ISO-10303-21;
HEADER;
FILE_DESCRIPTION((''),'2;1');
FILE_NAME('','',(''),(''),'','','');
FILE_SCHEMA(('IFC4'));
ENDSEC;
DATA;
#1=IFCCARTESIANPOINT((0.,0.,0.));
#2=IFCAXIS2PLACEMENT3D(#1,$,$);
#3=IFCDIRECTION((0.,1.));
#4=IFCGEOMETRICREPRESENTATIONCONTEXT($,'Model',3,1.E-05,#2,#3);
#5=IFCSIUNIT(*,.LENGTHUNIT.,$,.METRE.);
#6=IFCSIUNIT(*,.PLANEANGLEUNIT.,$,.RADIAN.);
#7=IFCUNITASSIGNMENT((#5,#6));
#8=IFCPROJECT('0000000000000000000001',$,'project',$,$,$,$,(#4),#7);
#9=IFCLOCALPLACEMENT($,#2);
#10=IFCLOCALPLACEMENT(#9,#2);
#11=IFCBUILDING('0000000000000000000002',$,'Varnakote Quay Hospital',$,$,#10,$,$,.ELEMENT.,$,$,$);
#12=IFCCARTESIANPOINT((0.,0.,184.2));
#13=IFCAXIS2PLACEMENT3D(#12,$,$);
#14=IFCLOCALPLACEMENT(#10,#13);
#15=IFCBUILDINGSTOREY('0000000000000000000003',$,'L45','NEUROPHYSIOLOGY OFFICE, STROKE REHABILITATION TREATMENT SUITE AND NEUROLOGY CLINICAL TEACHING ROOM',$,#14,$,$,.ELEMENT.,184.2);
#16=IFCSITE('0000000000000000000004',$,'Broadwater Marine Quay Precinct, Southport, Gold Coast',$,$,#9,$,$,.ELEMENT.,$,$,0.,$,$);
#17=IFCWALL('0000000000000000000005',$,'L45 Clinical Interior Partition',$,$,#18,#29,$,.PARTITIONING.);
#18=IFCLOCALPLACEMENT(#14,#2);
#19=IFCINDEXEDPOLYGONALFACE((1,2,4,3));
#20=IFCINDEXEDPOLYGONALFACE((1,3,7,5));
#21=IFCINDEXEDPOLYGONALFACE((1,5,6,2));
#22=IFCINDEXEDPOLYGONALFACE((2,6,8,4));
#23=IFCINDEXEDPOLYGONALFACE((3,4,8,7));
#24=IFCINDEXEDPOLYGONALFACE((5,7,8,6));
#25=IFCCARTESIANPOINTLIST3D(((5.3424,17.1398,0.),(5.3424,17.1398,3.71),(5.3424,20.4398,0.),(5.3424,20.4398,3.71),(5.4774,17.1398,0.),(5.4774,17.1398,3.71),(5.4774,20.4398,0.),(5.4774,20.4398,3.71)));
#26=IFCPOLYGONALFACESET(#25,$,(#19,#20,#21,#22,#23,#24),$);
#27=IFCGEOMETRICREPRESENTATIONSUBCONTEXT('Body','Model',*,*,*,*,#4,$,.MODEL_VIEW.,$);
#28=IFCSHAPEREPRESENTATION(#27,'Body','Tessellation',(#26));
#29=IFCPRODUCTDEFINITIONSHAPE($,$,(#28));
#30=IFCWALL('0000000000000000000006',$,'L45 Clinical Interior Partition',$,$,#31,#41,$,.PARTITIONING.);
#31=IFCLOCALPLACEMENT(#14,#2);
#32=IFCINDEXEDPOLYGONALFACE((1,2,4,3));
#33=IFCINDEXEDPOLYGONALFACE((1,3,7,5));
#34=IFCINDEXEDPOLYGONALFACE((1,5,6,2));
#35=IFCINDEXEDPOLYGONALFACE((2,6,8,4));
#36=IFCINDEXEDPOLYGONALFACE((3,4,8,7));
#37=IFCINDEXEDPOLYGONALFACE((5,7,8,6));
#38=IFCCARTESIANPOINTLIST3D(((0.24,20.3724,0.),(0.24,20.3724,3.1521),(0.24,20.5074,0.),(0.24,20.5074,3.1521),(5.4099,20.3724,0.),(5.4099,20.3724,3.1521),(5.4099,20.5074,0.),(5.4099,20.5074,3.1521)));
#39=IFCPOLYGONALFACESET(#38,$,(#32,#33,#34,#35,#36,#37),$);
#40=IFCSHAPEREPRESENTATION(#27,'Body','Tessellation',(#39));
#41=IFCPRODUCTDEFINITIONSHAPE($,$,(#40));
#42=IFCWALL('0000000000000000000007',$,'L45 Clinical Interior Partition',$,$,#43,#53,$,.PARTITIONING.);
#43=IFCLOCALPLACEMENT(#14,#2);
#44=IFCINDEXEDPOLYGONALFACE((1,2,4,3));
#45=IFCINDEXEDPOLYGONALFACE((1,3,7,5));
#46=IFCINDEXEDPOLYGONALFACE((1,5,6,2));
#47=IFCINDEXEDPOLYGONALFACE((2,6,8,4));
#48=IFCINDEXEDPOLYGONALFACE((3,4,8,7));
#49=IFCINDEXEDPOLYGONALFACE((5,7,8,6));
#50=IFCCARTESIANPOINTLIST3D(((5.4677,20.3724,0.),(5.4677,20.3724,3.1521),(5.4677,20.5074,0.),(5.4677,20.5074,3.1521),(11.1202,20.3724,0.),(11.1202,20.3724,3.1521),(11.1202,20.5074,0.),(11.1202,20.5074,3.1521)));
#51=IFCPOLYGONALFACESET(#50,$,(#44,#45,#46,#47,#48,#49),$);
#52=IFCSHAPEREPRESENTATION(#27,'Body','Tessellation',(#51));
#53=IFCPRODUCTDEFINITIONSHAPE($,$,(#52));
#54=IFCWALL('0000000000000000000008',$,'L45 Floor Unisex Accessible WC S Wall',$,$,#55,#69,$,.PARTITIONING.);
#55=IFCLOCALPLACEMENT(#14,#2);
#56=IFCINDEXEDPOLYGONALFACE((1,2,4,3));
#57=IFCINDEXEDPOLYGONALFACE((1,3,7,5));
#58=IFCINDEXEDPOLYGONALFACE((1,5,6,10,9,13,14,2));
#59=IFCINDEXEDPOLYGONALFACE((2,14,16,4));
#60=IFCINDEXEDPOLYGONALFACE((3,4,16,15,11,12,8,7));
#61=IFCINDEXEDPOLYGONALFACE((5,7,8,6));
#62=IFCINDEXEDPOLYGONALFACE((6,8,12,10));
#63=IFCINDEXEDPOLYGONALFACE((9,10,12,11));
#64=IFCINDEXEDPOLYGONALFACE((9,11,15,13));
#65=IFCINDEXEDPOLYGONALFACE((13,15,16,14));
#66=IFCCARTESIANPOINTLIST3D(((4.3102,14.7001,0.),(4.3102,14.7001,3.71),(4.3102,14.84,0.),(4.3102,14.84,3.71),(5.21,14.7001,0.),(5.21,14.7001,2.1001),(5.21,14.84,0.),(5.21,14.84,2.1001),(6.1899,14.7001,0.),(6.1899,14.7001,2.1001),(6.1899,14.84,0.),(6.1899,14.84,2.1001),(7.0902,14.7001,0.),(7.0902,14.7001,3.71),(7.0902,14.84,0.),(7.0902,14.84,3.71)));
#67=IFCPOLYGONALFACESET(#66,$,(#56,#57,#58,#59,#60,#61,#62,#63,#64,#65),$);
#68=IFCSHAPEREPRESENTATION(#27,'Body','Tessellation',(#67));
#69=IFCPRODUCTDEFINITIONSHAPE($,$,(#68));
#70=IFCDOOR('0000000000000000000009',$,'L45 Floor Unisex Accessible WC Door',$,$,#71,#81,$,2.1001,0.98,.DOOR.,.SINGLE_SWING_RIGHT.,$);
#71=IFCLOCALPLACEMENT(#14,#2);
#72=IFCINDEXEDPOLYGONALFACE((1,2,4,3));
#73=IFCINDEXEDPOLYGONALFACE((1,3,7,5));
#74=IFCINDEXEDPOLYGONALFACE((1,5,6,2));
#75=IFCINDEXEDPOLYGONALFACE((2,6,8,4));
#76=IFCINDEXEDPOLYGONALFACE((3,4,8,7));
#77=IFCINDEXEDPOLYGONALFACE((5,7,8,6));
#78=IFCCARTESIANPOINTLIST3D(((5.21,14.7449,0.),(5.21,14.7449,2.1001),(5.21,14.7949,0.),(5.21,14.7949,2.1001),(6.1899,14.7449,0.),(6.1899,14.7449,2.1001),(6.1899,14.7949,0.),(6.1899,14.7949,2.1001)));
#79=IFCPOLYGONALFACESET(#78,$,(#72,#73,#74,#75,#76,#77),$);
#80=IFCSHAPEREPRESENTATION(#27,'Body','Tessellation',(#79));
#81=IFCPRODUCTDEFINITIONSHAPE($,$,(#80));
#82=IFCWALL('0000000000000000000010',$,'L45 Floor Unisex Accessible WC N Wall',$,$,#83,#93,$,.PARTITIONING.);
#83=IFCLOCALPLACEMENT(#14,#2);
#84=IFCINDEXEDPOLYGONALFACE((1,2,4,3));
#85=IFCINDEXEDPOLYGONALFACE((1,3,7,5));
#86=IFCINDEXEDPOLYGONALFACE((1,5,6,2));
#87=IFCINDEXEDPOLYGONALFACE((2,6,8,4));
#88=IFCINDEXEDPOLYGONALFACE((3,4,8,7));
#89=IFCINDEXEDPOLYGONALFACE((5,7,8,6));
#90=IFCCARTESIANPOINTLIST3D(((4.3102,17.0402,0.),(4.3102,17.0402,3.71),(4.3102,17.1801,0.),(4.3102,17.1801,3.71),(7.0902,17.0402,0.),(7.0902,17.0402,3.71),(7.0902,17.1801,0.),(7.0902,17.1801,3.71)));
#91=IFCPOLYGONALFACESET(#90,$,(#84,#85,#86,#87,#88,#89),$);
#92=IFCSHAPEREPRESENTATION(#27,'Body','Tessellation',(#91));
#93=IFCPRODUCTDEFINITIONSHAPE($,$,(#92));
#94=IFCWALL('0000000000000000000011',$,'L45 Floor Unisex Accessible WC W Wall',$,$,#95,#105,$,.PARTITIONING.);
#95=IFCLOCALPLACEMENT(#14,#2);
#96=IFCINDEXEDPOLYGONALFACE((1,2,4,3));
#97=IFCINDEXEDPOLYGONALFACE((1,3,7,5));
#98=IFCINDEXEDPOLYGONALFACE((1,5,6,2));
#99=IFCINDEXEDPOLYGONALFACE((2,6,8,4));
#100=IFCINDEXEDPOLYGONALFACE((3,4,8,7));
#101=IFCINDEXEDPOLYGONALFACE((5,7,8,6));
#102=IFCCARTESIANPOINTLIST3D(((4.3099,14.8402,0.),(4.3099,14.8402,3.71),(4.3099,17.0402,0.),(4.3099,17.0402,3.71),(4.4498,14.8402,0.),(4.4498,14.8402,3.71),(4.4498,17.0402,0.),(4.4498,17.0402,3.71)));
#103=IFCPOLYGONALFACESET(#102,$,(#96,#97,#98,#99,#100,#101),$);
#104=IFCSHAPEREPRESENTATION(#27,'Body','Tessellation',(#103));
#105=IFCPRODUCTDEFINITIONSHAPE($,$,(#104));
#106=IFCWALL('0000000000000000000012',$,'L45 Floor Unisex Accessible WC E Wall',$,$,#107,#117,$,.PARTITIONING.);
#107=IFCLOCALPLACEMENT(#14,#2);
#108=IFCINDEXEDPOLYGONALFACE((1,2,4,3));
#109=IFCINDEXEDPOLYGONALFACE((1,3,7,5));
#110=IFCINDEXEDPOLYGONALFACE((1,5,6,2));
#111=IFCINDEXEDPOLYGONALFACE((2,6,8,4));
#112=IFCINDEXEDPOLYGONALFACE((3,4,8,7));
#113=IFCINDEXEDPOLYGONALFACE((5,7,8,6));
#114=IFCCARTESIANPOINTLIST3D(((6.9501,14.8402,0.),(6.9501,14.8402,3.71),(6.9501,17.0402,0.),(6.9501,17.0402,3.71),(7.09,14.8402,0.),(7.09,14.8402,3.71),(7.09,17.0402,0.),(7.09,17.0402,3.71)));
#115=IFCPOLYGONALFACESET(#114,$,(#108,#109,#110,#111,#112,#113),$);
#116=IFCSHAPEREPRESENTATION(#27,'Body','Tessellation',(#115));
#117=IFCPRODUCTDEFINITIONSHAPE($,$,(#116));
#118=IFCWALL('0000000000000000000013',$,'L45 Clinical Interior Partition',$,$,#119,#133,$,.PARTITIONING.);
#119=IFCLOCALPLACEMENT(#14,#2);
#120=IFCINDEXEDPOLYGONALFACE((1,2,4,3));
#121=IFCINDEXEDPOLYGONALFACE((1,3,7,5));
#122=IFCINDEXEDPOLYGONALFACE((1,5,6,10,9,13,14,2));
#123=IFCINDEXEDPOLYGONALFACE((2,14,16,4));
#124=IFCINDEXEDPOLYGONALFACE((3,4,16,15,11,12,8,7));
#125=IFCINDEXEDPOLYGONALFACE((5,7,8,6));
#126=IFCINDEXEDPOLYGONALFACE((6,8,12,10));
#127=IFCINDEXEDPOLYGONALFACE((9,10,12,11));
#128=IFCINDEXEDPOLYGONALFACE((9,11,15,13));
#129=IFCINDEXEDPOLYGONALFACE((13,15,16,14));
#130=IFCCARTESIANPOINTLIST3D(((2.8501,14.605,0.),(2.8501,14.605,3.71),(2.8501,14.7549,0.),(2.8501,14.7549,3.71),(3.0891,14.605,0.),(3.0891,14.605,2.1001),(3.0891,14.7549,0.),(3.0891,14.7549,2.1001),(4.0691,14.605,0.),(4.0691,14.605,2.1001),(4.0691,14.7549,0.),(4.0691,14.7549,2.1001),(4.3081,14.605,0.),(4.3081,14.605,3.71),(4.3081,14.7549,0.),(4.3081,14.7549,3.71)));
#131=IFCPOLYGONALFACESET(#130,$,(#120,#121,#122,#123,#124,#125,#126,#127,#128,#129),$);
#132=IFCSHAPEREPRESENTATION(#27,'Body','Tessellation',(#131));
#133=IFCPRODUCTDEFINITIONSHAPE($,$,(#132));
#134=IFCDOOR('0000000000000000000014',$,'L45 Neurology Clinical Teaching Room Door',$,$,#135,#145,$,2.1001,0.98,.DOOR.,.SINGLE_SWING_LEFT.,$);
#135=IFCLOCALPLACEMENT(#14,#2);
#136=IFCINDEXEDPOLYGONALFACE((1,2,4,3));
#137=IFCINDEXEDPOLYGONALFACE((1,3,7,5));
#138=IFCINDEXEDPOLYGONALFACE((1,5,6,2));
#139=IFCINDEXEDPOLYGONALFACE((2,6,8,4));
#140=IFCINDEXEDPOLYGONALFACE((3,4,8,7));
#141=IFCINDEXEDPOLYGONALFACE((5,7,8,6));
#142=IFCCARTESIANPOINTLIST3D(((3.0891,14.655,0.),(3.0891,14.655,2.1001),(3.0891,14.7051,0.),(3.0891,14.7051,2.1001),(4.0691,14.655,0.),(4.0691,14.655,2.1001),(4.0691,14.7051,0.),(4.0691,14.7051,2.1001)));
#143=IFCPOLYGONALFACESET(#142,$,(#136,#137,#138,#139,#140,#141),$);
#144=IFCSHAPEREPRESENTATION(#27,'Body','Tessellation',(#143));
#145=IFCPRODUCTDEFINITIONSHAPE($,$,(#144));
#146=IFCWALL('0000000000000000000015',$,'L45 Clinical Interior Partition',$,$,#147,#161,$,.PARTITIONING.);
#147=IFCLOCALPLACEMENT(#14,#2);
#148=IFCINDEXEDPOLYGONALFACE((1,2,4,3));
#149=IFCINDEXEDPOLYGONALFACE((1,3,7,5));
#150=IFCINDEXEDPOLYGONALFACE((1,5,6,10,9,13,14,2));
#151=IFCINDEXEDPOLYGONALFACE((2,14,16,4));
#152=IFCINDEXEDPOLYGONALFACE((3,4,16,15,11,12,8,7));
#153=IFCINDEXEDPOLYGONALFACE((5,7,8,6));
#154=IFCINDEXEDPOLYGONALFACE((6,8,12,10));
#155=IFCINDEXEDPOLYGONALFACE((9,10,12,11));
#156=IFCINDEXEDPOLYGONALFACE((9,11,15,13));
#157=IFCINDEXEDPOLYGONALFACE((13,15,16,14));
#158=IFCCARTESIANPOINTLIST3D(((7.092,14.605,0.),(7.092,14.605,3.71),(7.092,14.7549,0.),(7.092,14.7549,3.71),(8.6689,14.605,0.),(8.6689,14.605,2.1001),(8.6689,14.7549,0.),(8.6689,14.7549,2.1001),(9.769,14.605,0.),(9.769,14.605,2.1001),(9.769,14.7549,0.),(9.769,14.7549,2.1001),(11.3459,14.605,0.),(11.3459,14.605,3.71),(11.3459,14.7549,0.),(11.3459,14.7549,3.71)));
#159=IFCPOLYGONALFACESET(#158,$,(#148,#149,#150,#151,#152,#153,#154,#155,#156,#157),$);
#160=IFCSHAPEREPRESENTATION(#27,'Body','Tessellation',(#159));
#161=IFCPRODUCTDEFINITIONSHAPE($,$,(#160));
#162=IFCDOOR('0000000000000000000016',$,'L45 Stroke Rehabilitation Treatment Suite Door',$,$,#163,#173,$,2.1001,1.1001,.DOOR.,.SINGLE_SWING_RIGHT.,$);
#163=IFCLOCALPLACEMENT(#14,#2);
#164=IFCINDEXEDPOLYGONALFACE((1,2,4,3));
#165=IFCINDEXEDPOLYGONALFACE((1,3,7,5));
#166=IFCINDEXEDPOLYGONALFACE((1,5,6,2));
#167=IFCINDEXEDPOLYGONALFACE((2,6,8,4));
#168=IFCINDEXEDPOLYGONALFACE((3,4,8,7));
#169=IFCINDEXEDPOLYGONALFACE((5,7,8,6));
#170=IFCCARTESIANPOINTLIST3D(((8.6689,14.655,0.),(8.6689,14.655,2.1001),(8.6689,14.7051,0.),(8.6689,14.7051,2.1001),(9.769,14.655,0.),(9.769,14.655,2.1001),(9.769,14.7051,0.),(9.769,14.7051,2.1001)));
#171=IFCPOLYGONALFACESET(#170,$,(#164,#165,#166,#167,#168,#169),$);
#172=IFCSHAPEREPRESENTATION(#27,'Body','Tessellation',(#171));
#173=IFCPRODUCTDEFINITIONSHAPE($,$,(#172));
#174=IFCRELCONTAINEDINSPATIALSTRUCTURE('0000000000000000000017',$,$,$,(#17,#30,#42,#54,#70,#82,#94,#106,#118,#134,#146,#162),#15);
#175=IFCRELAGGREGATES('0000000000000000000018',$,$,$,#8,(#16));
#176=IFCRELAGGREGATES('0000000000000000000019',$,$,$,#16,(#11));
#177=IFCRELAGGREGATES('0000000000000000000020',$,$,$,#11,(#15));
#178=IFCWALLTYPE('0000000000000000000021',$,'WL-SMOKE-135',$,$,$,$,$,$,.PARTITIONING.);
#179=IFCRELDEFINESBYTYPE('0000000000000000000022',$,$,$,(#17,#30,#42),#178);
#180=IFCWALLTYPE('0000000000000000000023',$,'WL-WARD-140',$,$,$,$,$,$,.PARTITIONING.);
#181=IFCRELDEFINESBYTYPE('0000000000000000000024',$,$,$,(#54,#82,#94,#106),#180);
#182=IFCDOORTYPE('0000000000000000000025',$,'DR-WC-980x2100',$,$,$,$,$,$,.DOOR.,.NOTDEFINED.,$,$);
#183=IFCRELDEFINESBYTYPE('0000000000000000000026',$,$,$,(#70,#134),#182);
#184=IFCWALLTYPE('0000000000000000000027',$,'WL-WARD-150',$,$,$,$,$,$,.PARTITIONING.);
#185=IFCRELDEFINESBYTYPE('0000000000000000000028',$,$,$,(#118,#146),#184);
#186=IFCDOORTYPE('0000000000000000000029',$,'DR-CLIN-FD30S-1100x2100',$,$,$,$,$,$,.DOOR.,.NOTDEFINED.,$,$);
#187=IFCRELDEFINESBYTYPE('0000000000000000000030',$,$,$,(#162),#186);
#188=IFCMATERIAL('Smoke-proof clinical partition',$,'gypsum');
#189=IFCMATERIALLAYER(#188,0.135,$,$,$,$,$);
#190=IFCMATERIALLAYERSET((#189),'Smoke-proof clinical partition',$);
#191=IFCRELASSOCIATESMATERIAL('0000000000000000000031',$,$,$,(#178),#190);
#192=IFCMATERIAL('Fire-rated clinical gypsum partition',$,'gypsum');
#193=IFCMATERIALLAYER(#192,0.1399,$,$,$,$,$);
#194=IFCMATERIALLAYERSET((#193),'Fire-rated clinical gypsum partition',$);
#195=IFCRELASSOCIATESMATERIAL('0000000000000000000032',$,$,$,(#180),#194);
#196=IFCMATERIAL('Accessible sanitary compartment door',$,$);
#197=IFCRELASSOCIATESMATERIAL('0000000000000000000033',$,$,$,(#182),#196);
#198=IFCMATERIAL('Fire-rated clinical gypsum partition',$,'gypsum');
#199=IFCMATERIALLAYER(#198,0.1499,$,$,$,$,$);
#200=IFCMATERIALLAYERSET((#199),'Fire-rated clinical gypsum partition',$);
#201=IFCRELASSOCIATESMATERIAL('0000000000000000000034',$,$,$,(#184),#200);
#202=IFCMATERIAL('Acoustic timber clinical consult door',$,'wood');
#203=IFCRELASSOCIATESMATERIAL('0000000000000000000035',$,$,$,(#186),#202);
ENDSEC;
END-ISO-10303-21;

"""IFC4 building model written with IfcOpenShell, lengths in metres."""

from ifc_helpers import new_model, si_unit, direction, frame, frame_2d, origin, place, context, subcontext, project, spatial, rectangle, extrude, material, layer, layer_set, type_object, element, fill, save


model = new_model("IFC4")

# Units and contexts
model_context = context("Model", 3, precision=1e-05, world=origin(), true_north=direction((0.0, 1.0)))
body_context = subcontext(model_context, "Body", "Model", "MODEL_VIEW")
ifc_project = project(units=[si_unit("LENGTHUNIT", "METRE"), si_unit("PLANEANGLEUNIT", "RADIAN")], contexts=[model_context])

# Site, building, storey
site_placement = place(None, origin())
site = spatial("IfcSite", under=ifc_project, at=site_placement, Name="Broadwater Marine Quay Precinct, Southport, Gold Coast", CompositionType="ELEMENT", RefElevation=0.0)
building_placement = place(site_placement, origin())
building = spatial("IfcBuilding", under=site, at=building_placement, Name="Varnakote Quay Hospital", CompositionType="ELEMENT")
storey_placement = place(building_placement, frame((0.0, 0.0, 184.2)))
storey = spatial("IfcBuildingStorey", under=building, at=storey_placement, Name="L45", Description="NEUROPHYSIOLOGY OFFICE, STROKE REHABILITATION TREATMENT SUITE AND NEUROLOGY CLINICAL TEACHING ROOM", CompositionType="ELEMENT", Elevation=184.2)

# Walls
ifc_material_1 = material(Name="Smoke-proof clinical partition", Category="gypsum")
ifc_layer_1 = layer(ifc_material_1, 0.135)
ifc_layer_set_1 = layer_set([ifc_layer_1], Name="Smoke-proof clinical partition")
wall_type_1 = type_object("IfcWallType", Name="WL-SMOKE-135", PredefinedType="PARTITIONING", material=ifc_layer_set_1)
wall_1_placement = place(storey_placement, frame((5.4099, 17.1399, 0.0), z_axis=(0.0, 0.0, 1.0), x_axis=(0.0, 1.0, 0.0)))
element("IfcWall", 1, at=wall_1_placement, inside=storey, type_object=wall_type_1, Name="L45 Clinical Interior Partition", PredefinedType="PARTITIONING", context=body_context, shape_type="SweptSolid", body=[
    extrude(rectangle(XDim=3.3, YDim=0.135, at=frame_2d((1.6499, 0.0))), origin(), (0.0, 0.0, 1.0), 3.71),
])
wall_2_placement = place(storey_placement, frame((5.4099, 20.4399, 0.0), z_axis=(0.0, 0.0, 1.0), x_axis=(-1.0, 0.0, 0.0)))
element("IfcWall", 2, at=wall_2_placement, inside=storey, type_object=wall_type_1, Name="L45 Clinical Interior Partition", PredefinedType="PARTITIONING", context=body_context, shape_type="SweptSolid", body=[
    extrude(rectangle(XDim=5.1699, YDim=0.135, at=frame_2d((2.585, 0.0))), origin(), (0.0, 0.0, 1.0), 3.1521),
])
wall_3_placement = place(storey_placement, frame((11.1201, 20.4399, 0.0), z_axis=(0.0, 0.0, 1.0), x_axis=(-1.0, 0.0, 0.0)))
element("IfcWall", 3, at=wall_3_placement, inside=storey, type_object=wall_type_1, Name="L45 Clinical Interior Partition", PredefinedType="PARTITIONING", context=body_context, shape_type="SweptSolid", body=[
    extrude(rectangle(XDim=5.6526, YDim=0.135, at=frame_2d((2.8262, 0.0))), origin(), (0.0, 0.0, 1.0), 3.1521),
])

# Wall, opening, door
ifc_material_2 = material(Name="Fire-rated clinical gypsum partition", Category="gypsum")
ifc_layer_2 = layer(ifc_material_2, 0.1399)
ifc_layer_set_2 = layer_set([ifc_layer_2], Name="Fire-rated clinical gypsum partition")
wall_type_2 = type_object("IfcWallType", Name="WL-WARD-140", PredefinedType="PARTITIONING", material=ifc_layer_set_2)
wall_4_placement = place(storey_placement, frame((4.3101, 14.77, 0.0), z_axis=(0.0, 0.0, 1.0), x_axis=(1.0, 0.0, 0.0)))
wall_4 = element("IfcWall", 4, at=wall_4_placement, inside=storey, type_object=wall_type_2, Name="L45 Floor Unisex Accessible WC S Wall", PredefinedType="PARTITIONING", context=body_context, shape_type="SweptSolid", body=[
    extrude(rectangle(XDim=2.78, YDim=0.1399, at=frame_2d((1.3901, 0.0))), origin(), (0.0, 0.0, 1.0), 3.71),
])
opening_1_placement = place(wall_4_placement, frame((0.8999, 0.0, 0.0)))
opening_1 = element("IfcOpeningElement", 5, at=opening_1_placement, cuts=wall_4, PredefinedType="OPENING", context=body_context, shape_type="SweptSolid", body=[
    extrude(rectangle(XDim=0.98, YDim=2.1001, at=frame_2d((0.49, 1.05))), frame((0.0, 0.0798, 0.0), z_axis=(0.0, -1.0, 0.0), x_axis=(1.0, 0.0, 0.0)), (0.0, 0.0, 1.0), 0.1599),
])
ifc_material_3 = material(Name="Accessible sanitary compartment door")
door_type_1 = type_object("IfcDoorType", Name="DR-WC-980x2100", OperationType="NOTDEFINED", PredefinedType="DOOR", material=ifc_material_3)
door_1_placement = place(opening_1_placement, origin())
door_1 = element("IfcDoor", 6, at=door_1_placement, inside=storey, type_object=door_type_1, Name="L45 Floor Unisex Accessible WC Door", OperationType="SINGLE_SWING_RIGHT", OverallHeight=2.1001, OverallWidth=0.98, PredefinedType="DOOR", context=body_context, shape_type="SweptSolid", body=[
    extrude(rectangle(XDim=0.98, YDim=2.1001, at=frame_2d((0.49, 1.05))), frame((0.0, 0.0249, 0.0), z_axis=(0.0, -1.0, 0.0), x_axis=(1.0, 0.0, 0.0)), (0.0, 0.0, 1.0), 0.05),
])
fill(opening_1, door_1)

# Walls
wall_5_placement = place(storey_placement, frame((4.3101, 17.1101, 0.0), z_axis=(0.0, 0.0, 1.0), x_axis=(1.0, 0.0, 0.0)))
element("IfcWall", 7, at=wall_5_placement, inside=storey, type_object=wall_type_2, Name="L45 Floor Unisex Accessible WC N Wall", PredefinedType="PARTITIONING", context=body_context, shape_type="SweptSolid", body=[
    extrude(rectangle(XDim=2.78, YDim=0.1399, at=frame_2d((1.3901, 0.0))), origin(), (0.0, 0.0, 1.0), 3.71),
])
for number, where, z_axis, x_axis, name in (
    (8, (4.3799, 14.8401, 0.0), (0.0, 0.0, 1.0), (0.0, 1.0, 0.0), "L45 Floor Unisex Accessible WC W Wall"),
    (9, (7.02, 14.8401, 0.0), (0.0, 0.0, 1.0), (0.0, 1.0, 0.0), "L45 Floor Unisex Accessible WC E Wall"),
):
    element("IfcWall", number, at=place(storey_placement, frame(where, z_axis=z_axis, x_axis=x_axis)), inside=storey, type_object=wall_type_2, Name=name, PredefinedType="PARTITIONING", context=body_context, shape_type="SweptSolid", body=[
        extrude(rectangle(XDim=2.2, YDim=0.1399, at=frame_2d((1.1001, 0.0))), origin(), (0.0, 0.0, 1.0), 3.71),
    ])

# Walls, openings, doors
ifc_material_4 = material(Name="Fire-rated clinical gypsum partition", Category="gypsum")
ifc_layer_3 = layer(ifc_material_4, 0.1499)
ifc_layer_set_3 = layer_set([ifc_layer_3], Name="Fire-rated clinical gypsum partition")
wall_type_3 = type_object("IfcWallType", Name="WL-WARD-150", PredefinedType="PARTITIONING", material=ifc_layer_set_3)
wall_6_placement = place(storey_placement, frame((4.3081, 14.6799, 0.0), z_axis=(0.0, 0.0, 1.0), x_axis=(-1.0, 0.0, 0.0)))
wall_6 = element("IfcWall", 10, at=wall_6_placement, inside=storey, type_object=wall_type_3, Name="L45 Clinical Interior Partition", PredefinedType="PARTITIONING", context=body_context, shape_type="SweptSolid", body=[
    extrude(rectangle(XDim=1.458, YDim=0.1499, at=frame_2d((0.729, 0.0))), origin(), (0.0, 0.0, 1.0), 3.71),
])
opening_2_placement = place(wall_6_placement, frame((0.239, 0.0, 0.0)))
opening_2 = element("IfcOpeningElement", 11, at=opening_2_placement, cuts=wall_6, PredefinedType="OPENING", context=body_context, shape_type="SweptSolid", body=[
    extrude(rectangle(XDim=0.98, YDim=2.1001, at=frame_2d((0.49, 1.05))), frame((0.0, 0.085, 0.0), z_axis=(0.0, -1.0, 0.0), x_axis=(1.0, 0.0, 0.0)), (0.0, 0.0, 1.0), 0.1699),
])
door_2_placement = place(opening_2_placement, origin())
door_2 = element("IfcDoor", 12, at=door_2_placement, inside=storey, type_object=door_type_1, Name="L45 Neurology Clinical Teaching Room Door", OperationType="SINGLE_SWING_LEFT", OverallHeight=2.1001, OverallWidth=0.98, PredefinedType="DOOR", context=body_context, shape_type="SweptSolid", body=[
    extrude(rectangle(XDim=0.98, YDim=2.1001, at=frame_2d((0.49, 1.05))), frame((0.0, 0.0249, 0.0), z_axis=(0.0, -1.0, 0.0), x_axis=(1.0, 0.0, 0.0)), (0.0, 0.0, 1.0), 0.05),
])
fill(opening_2, door_2)
wall_7_placement = place(storey_placement, frame((11.3459, 14.6799, 0.0), z_axis=(0.0, 0.0, 1.0), x_axis=(-1.0, 0.0, 0.0)))
wall_7 = element("IfcWall", 13, at=wall_7_placement, inside=storey, type_object=wall_type_3, Name="L45 Clinical Interior Partition", PredefinedType="PARTITIONING", context=body_context, shape_type="SweptSolid", body=[
    extrude(rectangle(XDim=4.2539, YDim=0.1499, at=frame_2d((2.127, 0.0))), origin(), (0.0, 0.0, 1.0), 3.71),
])
opening_3_placement = place(wall_7_placement, frame((1.5769, 0.0, 0.0)))
opening_3 = element("IfcOpeningElement", 14, at=opening_3_placement, cuts=wall_7, PredefinedType="OPENING", context=body_context, shape_type="SweptSolid", body=[
    extrude(rectangle(XDim=1.1001, YDim=2.1001, at=frame_2d((0.55, 1.05))), frame((0.0, 0.085, 0.0), z_axis=(0.0, -1.0, 0.0), x_axis=(1.0, 0.0, 0.0)), (0.0, 0.0, 1.0), 0.1699),
])
ifc_material_5 = material(Name="Acoustic timber clinical consult door", Category="wood")
door_type_2 = type_object("IfcDoorType", Name="DR-CLIN-FD30S-1100x2100", OperationType="NOTDEFINED", PredefinedType="DOOR", material=ifc_material_5)
door_3_placement = place(opening_3_placement, origin())
door_3 = element("IfcDoor", 15, at=door_3_placement, inside=storey, type_object=door_type_2, Name="L45 Stroke Rehabilitation Treatment Suite Door", OperationType="SINGLE_SWING_RIGHT", OverallHeight=2.1001, OverallWidth=1.1001, PredefinedType="DOOR", context=body_context, shape_type="SweptSolid", body=[
    extrude(rectangle(XDim=1.1001, YDim=2.1001, at=frame_2d((0.55, 1.05))), frame((0.0, 0.0249, 0.0), z_axis=(0.0, -1.0, 0.0), x_axis=(1.0, 0.0, 0.0)), (0.0, 0.0, 1.0), 0.05),
])
fill(opening_3, door_3)

save(model, "model.ifc")
